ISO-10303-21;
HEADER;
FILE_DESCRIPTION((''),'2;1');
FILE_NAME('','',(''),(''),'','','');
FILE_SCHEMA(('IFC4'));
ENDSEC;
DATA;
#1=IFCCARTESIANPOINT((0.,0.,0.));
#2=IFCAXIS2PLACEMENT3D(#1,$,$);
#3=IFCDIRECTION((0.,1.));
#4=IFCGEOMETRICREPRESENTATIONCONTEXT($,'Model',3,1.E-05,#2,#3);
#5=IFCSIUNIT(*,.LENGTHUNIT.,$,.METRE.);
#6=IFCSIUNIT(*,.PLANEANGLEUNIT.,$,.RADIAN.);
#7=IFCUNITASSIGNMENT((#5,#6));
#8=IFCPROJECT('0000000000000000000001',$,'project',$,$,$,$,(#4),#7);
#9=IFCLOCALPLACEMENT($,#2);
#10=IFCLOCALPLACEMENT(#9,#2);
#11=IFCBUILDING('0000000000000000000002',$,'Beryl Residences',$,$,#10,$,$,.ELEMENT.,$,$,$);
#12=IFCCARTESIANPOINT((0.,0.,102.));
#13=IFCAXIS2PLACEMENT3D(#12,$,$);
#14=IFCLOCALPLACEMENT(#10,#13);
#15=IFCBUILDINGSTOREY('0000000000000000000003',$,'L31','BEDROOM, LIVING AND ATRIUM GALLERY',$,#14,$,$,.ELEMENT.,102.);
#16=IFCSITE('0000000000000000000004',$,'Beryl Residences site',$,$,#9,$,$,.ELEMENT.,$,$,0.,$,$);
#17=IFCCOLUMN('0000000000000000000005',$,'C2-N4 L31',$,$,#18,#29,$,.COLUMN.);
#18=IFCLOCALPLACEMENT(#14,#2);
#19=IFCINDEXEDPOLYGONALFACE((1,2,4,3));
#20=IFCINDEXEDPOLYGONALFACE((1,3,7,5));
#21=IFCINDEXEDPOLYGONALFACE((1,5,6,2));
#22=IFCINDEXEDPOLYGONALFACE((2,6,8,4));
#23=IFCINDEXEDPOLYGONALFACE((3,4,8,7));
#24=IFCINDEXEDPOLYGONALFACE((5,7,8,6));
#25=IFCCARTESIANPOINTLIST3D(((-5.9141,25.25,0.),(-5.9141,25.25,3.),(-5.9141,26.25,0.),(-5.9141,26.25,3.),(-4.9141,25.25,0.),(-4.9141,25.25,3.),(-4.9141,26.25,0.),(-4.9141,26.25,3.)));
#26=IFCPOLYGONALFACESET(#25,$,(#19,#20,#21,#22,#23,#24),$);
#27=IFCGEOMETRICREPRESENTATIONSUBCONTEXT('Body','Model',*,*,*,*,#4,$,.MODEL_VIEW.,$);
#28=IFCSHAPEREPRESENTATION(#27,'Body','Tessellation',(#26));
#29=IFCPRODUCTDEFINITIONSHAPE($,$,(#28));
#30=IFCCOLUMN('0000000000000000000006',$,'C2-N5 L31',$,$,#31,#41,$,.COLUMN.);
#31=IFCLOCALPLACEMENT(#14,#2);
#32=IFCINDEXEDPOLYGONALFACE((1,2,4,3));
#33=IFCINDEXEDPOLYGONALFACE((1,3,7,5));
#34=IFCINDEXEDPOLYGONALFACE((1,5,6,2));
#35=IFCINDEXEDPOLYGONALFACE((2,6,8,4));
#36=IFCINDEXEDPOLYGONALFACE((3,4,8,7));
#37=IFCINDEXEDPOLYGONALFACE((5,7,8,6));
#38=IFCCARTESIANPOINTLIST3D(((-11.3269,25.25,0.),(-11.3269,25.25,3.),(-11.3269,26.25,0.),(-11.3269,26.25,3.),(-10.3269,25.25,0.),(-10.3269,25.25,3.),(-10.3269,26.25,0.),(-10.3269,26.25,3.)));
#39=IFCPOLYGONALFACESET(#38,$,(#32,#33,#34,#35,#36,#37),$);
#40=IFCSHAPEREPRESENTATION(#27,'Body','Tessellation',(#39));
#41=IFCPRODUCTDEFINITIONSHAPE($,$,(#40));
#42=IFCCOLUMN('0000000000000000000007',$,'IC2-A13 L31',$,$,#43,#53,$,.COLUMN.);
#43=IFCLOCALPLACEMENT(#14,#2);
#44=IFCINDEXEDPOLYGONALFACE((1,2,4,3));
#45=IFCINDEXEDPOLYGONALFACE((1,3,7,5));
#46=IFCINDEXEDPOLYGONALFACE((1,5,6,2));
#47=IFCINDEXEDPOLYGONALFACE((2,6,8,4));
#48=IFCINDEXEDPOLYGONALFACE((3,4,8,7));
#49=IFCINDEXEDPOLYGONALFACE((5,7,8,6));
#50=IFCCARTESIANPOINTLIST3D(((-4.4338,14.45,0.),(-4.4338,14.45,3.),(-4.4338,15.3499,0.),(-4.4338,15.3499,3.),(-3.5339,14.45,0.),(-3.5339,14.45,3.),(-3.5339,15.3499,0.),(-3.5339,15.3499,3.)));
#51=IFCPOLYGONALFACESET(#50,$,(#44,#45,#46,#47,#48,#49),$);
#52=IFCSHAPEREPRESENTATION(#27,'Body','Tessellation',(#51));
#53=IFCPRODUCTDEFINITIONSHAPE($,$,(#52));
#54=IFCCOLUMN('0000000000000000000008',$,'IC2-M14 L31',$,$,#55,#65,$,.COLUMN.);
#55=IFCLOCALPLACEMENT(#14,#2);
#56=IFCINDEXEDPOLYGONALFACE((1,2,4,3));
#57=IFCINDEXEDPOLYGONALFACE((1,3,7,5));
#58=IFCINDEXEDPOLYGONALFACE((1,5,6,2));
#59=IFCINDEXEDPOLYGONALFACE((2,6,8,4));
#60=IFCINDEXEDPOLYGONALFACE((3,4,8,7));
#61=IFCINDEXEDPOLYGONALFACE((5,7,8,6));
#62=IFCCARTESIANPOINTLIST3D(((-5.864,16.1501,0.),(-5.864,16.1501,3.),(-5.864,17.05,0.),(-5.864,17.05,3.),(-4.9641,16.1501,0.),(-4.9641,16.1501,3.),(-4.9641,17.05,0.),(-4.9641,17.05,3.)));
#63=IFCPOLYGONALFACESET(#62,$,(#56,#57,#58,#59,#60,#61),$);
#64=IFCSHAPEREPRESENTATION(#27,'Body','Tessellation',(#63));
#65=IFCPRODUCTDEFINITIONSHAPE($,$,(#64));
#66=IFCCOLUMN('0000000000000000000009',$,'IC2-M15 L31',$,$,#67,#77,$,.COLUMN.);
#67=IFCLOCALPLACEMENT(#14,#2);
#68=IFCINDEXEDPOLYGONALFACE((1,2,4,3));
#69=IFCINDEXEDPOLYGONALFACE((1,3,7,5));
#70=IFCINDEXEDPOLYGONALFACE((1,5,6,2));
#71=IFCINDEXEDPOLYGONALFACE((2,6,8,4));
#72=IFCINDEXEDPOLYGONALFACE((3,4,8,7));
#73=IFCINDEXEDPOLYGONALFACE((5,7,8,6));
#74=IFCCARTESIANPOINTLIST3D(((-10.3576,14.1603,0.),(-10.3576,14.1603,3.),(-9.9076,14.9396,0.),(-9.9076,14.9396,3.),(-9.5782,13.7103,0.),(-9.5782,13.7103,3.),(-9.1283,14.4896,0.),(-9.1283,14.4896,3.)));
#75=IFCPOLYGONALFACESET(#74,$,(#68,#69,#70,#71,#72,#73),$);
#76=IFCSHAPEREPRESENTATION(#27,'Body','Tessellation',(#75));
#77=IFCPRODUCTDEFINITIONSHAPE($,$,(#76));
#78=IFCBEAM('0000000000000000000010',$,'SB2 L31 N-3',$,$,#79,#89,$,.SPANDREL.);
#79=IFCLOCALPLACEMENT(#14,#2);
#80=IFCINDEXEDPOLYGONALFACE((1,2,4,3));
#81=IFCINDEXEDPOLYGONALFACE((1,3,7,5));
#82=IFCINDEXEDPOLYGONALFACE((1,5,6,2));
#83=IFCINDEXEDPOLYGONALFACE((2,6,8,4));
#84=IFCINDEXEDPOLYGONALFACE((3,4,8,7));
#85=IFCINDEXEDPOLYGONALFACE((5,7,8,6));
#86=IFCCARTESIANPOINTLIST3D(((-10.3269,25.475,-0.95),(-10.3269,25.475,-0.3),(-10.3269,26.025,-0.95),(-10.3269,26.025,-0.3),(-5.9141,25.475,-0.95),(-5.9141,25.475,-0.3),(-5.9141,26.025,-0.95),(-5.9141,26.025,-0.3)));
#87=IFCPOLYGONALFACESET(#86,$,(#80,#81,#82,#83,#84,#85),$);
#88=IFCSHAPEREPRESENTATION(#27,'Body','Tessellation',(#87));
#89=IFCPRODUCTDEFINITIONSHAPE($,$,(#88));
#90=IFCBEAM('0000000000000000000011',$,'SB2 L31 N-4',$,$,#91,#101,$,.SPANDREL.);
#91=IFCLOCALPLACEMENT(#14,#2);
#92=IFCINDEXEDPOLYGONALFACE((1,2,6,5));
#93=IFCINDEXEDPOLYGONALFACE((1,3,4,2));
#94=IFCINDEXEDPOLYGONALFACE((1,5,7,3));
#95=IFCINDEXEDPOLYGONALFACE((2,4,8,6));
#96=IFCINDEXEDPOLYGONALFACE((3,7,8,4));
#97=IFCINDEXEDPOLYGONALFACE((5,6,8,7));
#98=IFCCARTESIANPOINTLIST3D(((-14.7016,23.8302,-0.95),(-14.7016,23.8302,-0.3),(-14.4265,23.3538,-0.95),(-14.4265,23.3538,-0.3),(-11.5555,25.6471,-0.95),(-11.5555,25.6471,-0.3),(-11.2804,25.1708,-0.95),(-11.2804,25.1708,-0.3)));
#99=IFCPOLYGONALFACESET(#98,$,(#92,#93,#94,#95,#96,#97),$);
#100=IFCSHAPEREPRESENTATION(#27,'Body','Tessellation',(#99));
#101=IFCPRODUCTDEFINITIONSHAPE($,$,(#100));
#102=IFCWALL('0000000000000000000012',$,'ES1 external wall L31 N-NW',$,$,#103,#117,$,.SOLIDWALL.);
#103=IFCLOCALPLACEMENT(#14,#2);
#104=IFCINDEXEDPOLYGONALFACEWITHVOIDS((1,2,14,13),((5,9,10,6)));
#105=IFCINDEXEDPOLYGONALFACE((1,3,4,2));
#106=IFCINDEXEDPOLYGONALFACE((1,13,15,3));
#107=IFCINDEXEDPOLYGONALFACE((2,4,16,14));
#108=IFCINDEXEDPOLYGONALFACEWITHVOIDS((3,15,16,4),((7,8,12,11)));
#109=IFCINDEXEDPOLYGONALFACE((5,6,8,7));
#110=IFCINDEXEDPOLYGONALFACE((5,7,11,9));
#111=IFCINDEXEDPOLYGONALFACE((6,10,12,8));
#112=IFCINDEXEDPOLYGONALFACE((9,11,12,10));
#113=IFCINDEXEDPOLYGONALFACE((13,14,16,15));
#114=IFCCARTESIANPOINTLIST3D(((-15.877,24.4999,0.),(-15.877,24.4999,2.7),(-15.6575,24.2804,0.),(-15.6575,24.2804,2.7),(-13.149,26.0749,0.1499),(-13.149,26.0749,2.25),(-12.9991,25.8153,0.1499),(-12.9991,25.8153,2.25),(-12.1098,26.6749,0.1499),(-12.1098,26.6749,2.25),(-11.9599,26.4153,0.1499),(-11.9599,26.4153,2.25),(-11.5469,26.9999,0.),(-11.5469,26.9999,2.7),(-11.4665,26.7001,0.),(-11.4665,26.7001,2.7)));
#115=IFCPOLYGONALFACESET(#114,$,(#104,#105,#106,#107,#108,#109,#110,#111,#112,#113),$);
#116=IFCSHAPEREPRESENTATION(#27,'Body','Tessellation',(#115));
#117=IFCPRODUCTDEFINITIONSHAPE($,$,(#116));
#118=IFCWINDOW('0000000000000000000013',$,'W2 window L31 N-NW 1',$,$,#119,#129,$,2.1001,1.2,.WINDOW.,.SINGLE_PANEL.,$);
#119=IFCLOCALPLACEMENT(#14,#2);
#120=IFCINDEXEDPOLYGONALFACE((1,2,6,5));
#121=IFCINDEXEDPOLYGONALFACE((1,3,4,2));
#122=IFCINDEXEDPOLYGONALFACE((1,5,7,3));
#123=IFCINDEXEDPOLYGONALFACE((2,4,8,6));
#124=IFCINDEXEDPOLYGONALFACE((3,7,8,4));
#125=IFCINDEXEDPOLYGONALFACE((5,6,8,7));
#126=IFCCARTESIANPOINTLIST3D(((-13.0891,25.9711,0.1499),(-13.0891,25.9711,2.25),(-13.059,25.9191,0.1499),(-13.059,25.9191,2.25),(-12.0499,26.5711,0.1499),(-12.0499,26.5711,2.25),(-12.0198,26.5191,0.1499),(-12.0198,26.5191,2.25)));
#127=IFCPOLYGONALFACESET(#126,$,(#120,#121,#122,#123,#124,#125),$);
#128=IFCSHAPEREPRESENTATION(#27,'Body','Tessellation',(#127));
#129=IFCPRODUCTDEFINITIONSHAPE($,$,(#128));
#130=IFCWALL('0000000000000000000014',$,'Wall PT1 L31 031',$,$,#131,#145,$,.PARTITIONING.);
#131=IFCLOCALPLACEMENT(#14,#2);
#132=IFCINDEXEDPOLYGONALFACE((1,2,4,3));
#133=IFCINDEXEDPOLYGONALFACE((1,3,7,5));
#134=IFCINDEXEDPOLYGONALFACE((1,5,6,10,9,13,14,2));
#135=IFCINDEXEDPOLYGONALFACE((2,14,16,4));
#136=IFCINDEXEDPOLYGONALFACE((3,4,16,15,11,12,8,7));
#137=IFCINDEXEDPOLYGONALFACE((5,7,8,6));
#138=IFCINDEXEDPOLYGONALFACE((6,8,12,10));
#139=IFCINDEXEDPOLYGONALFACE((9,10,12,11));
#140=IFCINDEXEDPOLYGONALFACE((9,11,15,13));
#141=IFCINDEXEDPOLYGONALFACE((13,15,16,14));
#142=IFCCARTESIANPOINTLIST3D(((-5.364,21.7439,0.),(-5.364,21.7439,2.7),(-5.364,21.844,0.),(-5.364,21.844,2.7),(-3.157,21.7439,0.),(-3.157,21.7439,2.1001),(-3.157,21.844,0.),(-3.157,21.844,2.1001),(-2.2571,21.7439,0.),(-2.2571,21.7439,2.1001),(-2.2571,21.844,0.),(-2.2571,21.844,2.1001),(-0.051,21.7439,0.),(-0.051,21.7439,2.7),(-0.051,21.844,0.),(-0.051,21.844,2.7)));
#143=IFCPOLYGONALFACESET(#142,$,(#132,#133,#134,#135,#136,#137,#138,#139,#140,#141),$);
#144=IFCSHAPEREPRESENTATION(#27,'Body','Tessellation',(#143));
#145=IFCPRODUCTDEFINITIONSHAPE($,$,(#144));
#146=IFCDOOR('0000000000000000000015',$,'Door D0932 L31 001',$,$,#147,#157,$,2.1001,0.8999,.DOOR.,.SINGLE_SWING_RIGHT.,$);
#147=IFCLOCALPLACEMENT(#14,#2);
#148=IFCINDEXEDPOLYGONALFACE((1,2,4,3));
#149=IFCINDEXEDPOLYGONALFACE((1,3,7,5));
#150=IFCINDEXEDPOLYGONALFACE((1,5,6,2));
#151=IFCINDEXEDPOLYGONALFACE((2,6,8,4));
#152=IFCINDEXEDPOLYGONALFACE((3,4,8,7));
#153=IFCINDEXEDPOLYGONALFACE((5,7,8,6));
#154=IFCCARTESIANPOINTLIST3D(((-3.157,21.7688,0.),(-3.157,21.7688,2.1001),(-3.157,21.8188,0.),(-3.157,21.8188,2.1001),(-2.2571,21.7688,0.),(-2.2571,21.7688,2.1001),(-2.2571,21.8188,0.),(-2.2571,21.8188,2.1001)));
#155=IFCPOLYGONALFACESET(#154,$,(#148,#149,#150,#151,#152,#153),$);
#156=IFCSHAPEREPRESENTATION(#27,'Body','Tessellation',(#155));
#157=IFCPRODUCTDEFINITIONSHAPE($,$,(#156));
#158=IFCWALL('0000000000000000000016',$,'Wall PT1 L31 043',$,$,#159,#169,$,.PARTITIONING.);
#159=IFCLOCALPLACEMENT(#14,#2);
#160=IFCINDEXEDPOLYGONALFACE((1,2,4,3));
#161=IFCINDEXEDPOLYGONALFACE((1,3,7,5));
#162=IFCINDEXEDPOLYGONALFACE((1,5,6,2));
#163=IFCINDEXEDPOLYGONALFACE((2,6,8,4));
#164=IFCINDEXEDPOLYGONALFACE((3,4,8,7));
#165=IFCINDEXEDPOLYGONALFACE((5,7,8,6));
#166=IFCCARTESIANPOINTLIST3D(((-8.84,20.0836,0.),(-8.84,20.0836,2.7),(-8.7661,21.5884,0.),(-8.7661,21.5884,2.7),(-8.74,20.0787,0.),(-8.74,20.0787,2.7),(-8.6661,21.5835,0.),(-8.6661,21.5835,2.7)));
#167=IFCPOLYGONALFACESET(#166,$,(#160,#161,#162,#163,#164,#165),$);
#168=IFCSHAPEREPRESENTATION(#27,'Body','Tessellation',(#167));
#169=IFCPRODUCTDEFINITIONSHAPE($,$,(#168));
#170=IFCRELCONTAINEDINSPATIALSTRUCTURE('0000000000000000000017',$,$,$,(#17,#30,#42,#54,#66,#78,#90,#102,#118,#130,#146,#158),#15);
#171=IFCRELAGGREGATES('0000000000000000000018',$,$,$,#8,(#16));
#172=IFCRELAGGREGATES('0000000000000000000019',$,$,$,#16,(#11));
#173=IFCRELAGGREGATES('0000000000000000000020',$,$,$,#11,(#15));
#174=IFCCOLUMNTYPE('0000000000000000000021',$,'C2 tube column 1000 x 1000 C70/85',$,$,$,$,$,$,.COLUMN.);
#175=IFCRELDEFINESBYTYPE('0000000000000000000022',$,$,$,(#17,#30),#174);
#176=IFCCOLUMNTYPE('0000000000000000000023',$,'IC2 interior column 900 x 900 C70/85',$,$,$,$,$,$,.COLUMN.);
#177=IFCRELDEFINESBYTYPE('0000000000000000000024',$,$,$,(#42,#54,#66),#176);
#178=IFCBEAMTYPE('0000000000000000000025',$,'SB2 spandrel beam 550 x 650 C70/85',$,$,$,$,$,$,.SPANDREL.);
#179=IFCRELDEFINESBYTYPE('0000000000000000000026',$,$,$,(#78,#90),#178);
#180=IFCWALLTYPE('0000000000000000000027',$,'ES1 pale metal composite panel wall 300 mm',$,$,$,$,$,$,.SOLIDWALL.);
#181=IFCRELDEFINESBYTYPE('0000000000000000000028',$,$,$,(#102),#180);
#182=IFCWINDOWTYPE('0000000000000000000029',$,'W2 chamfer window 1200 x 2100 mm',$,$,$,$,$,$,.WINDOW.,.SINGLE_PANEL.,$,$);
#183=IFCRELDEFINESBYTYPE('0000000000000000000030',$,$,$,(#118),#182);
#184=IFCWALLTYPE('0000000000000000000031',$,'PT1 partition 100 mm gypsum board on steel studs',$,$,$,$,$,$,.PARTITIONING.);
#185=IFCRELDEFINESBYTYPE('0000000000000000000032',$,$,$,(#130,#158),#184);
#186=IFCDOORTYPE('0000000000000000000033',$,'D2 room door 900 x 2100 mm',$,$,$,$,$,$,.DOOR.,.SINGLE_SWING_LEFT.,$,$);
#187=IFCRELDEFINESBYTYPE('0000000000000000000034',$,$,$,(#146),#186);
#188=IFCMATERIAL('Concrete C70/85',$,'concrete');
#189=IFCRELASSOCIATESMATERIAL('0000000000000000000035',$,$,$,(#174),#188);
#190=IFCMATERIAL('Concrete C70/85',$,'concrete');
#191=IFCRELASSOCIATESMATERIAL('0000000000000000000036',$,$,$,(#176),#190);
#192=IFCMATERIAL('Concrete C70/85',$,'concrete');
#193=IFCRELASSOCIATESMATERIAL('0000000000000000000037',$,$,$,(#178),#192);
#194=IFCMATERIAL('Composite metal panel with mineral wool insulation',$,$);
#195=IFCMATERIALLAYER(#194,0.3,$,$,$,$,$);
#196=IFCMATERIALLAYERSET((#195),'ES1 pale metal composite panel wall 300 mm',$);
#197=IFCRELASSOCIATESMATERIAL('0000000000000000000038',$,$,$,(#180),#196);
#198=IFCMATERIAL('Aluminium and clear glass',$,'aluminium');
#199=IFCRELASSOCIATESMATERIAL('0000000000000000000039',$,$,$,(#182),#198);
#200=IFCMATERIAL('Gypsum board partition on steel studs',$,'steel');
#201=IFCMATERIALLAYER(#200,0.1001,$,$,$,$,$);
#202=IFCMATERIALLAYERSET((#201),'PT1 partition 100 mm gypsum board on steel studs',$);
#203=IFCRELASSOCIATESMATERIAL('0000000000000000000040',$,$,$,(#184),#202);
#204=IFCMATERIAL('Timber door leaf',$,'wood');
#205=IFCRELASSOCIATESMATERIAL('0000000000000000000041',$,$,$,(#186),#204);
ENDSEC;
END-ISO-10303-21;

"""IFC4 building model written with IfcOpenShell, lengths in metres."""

from ifc_helpers import new_model, si_unit, direction, frame, frame_2d, origin, origin_2d, place, context, subcontext, project, spatial, polyline, rectangle, outline, extrude, material, layer, layer_set, material_profile, profile_set, type_object, element, fill, save


model = new_model("IFC4")

# Units and contexts
model_context = context("Model", 3, precision=1e-05, world=origin(), true_north=direction((0.0, 1.0)))
body_context = subcontext(model_context, "Body", "Model", "MODEL_VIEW")
ifc_project = project(units=[si_unit("LENGTHUNIT", "METRE"), si_unit("PLANEANGLEUNIT", "RADIAN")], contexts=[model_context])

# Site, building, storey
site_placement = place(None, origin())
site = spatial("IfcSite", under=ifc_project, at=site_placement, Name="Beryl Residences site", CompositionType="ELEMENT", RefElevation=0.0)
building_placement = place(site_placement, origin())
building = spatial("IfcBuilding", under=site, at=building_placement, Name="Beryl Residences", CompositionType="ELEMENT")
storey_placement = place(building_placement, frame((0.0, 0.0, 102.0)))
storey = spatial("IfcBuildingStorey", under=building, at=storey_placement, Name="L31", Description="BEDROOM, LIVING AND ATRIUM GALLERY", CompositionType="ELEMENT", Elevation=102.0)

# Columns
ifc_material_1 = material(Name="Concrete C70/85", Category="concrete")
ifc_material_profile_1 = material_profile(ifc_material_1, rectangle(XDim=1.0, YDim=1.0, at=origin_2d()))
ifc_profile_set_1 = profile_set([ifc_material_profile_1], Name="Concrete C70/85")
column_type_1 = type_object("IfcColumnType", Name="C2 tube column 1000 x 1000 C70/85", PredefinedType="COLUMN", material=ifc_profile_set_1)
for number, where, z_axis, x_axis, name in (
    (1, (-5.4141, 25.75, 0.0), (0.0, 0.0, 1.0), (-1.0, 0.0, 0.0), "C2-N4 L31"),
    (2, (-10.8269, 25.75, 0.0), (0.0, 0.0, 1.0), (-1.0, 0.0, 0.0), "C2-N5 L31"),
):
    element("IfcColumn", number, at=place(storey_placement, frame(where, z_axis=z_axis, x_axis=x_axis)), inside=storey, type_object=column_type_1, Name=name, PredefinedType="COLUMN", context=body_context, shape_type="SweptSolid", body=[
        extrude(rectangle(XDim=1.0, YDim=1.0, at=origin_2d()), origin(), (0.0, 0.0, 1.0), 3.0),
    ])
ifc_material_2 = material(Name="Concrete C70/85", Category="concrete")
ifc_material_profile_2 = material_profile(ifc_material_2, rectangle(XDim=0.8999, YDim=0.8999, at=origin_2d()))
ifc_profile_set_2 = profile_set([ifc_material_profile_2], Name="Concrete C70/85")
column_type_2 = type_object("IfcColumnType", Name="IC2 interior column 900 x 900 C70/85", PredefinedType="COLUMN", material=ifc_profile_set_2)
for number, where, z_axis, x_axis, name in (
    (3, (-3.9839, 14.8999, 0.0), (0.0, 0.0, 1.0), (1.0, 0.0, 0.0), "IC2-A13 L31"),
    (4, (-5.4141, 16.6001, 0.0), (0.0, 0.0, 1.0), (-1.0, 0.0, 0.0), "IC2-M14 L31"),
    (5, (-9.7429, 14.325, 0.0), (0.0, 0.0, 1.0), (-0.5, -0.866025, 0.0), "IC2-M15 L31"),
):
    element("IfcColumn", number, at=place(storey_placement, frame(where, z_axis=z_axis, x_axis=x_axis)), inside=storey, type_object=column_type_2, Name=name, PredefinedType="COLUMN", context=body_context, shape_type="SweptSolid", body=[
        extrude(rectangle(XDim=0.8999, YDim=0.8999, at=origin_2d()), origin(), (0.0, 0.0, 1.0), 3.0),
    ])

# Beams
ifc_material_3 = material(Name="Concrete C70/85", Category="concrete")
ifc_material_profile_3 = material_profile(ifc_material_3, rectangle(XDim=0.55, YDim=0.6499, at=origin_2d()))
ifc_profile_set_3 = profile_set([ifc_material_profile_3], Name="Concrete C70/85")
beam_type = type_object("IfcBeamType", Name="SB2 spandrel beam 550 x 650 C70/85", PredefinedType="SPANDREL", material=ifc_profile_set_3)
beam_1_placement = place(storey_placement, frame((-5.9141, 25.75, -0.625), z_axis=(-1.0, 0.0, 0.0), x_axis=(0.0, -1.0, 0.0)))
element("IfcBeam", 6, at=beam_1_placement, inside=storey, type_object=beam_type, Name="SB2 L31 N-3", PredefinedType="SPANDREL", context=body_context, shape_type="SweptSolid", body=[
    extrude(rectangle(XDim=0.55, YDim=0.6499, at=origin_2d()), origin(), (0.0, 0.0, 1.0), 4.4128),
])
beam_2_placement = place(storey_placement, frame((-11.418, 25.4089, -0.625), z_axis=(-0.86596, -0.500114, 0.0), x_axis=(0.500114, -0.86596, 0.0)))
element("IfcBeam", 7, at=beam_2_placement, inside=storey, type_object=beam_type, Name="SB2 L31 N-4", PredefinedType="SPANDREL", context=body_context, shape_type="SweptSolid", body=[
    extrude(rectangle(XDim=0.55, YDim=0.6499, at=origin_2d()), origin(), (0.0, 0.0, 1.0), 3.6331),
])

# Wall, opening, window
ifc_material_4 = material(Name="Composite metal panel with mineral wool insulation")
ifc_layer_1 = layer(ifc_material_4, 0.3)
ifc_layer_set_1 = layer_set([ifc_layer_1], Name="ES1 pale metal composite panel wall 300 mm")
wall_type_1 = type_object("IfcWallType", Name="ES1 pale metal composite panel wall 300 mm", PredefinedType="SOLIDWALL", material=ifc_layer_set_1)
wall_1_placement = place(storey_placement, frame((-11.4719, 26.8701, 0.0), z_axis=(0.0, 0.0, 1.0), x_axis=(-0.866023, -0.500004, 0.0)))
wall_1 = element("IfcWall", 8, at=wall_1_placement, inside=storey, type_object=wall_type_1, Name="ES1 external wall L31 N-NW", PredefinedType="SOLIDWALL", context=body_context, shape_type="SweptSolid", body=[
    extrude(outline(polyline([(0.0, -0.1499), (5.0, -0.1499), (4.9197, 0.1499), (0.0803, 0.1499), (0.0, -0.1499)])), origin(), (0.0, 0.0, 1.0), 2.7),
])
opening_1_placement = place(wall_1_placement, frame((0.6499, 0.0, 0.1499)))
opening_1 = element("IfcOpeningElement", 9, at=opening_1_placement, cuts=wall_1, PredefinedType="OPENING", context=body_context, shape_type="SweptSolid", body=[
    extrude(rectangle(XDim=1.2, YDim=2.1001, at=frame_2d((0.6001, 1.05))), frame((0.0, 0.1599, 0.0), z_axis=(0.0, -1.0, 0.0), x_axis=(1.0, 0.0, 0.0)), (0.0, 0.0, 1.0), 0.3201),
])
ifc_material_5 = material(Name="Aluminium and clear glass", Category="aluminium")
window_type = type_object("IfcWindowType", Name="W2 chamfer window 1200 x 2100 mm", PartitioningType="SINGLE_PANEL", PredefinedType="WINDOW", material=ifc_material_5)
window_placement = place(opening_1_placement, origin())
window = element("IfcWindow", 10, at=window_placement, inside=storey, type_object=window_type, Name="W2 window L31 N-NW 1", OverallHeight=2.1001, OverallWidth=1.2, PartitioningType="SINGLE_PANEL", PredefinedType="WINDOW", context=body_context, shape_type="SweptSolid", body=[
    extrude(rectangle(XDim=1.2, YDim=2.1001, at=frame_2d((0.6001, 1.05))), frame((0.0, 0.03, 0.0), z_axis=(0.0, -1.0, 0.0), x_axis=(1.0, 0.0, 0.0)), (0.0, 0.0, 1.0), 0.0601),
])
fill(opening_1, window)

# Wall, opening, door
ifc_material_6 = material(Name="Gypsum board partition on steel studs", Category="steel")
ifc_layer_2 = layer(ifc_material_6, 0.1001)
ifc_layer_set_2 = layer_set([ifc_layer_2], Name="PT1 partition 100 mm gypsum board on steel studs")
wall_type_2 = type_object("IfcWallType", Name="PT1 partition 100 mm gypsum board on steel studs", PredefinedType="PARTITIONING", material=ifc_layer_set_2)
wall_2_placement = place(storey_placement, frame((-5.364, 21.7939, 0.0), z_axis=(0.0, 0.0, 1.0), x_axis=(1.0, 0.0, 0.0)))
wall_2 = element("IfcWall", 11, at=wall_2_placement, inside=storey, type_object=wall_type_2, Name="Wall PT1 L31 031", PredefinedType="PARTITIONING", context=body_context, shape_type="SweptSolid", body=[
    extrude(rectangle(XDim=5.313, YDim=0.1001, at=frame_2d((2.6565, 0.0))), origin(), (0.0, 0.0, 1.0), 2.7),
])
opening_2_placement = place(wall_2_placement, frame((2.207, 0.0, 0.0)))
opening_2 = element("IfcOpeningElement", 12, at=opening_2_placement, cuts=wall_2, PredefinedType="OPENING", context=body_context, shape_type="SweptSolid", body=[
    extrude(rectangle(XDim=0.8999, YDim=2.1001, at=frame_2d((0.45, 1.05))), frame((0.0, 0.0601, 0.0), z_axis=(0.0, -1.0, 0.0), x_axis=(1.0, 0.0, 0.0)), (0.0, 0.0, 1.0), 0.1201),
])
ifc_material_7 = material(Name="Timber door leaf", Category="wood")
door_type_1 = type_object("IfcDoorType", Name="D2 room door 900 x 2100 mm", OperationType="SINGLE_SWING_LEFT", PredefinedType="DOOR", material=ifc_material_7)
door_1_placement = place(opening_2_placement, origin())
door_1 = element("IfcDoor", 13, at=door_1_placement, inside=storey, type_object=door_type_1, Name="Door D0932 L31 001", OperationType="SINGLE_SWING_RIGHT", OverallHeight=2.1001, OverallWidth=0.8999, PredefinedType="DOOR", context=body_context, shape_type="SweptSolid", body=[
    extrude(rectangle(XDim=0.8999, YDim=2.1001, at=frame_2d((0.45, 1.05))), frame((0.0, 0.0249, 0.0), z_axis=(0.0, -1.0, 0.0), x_axis=(1.0, 0.0, 0.0)), (0.0, 0.0, 1.0), 0.05),
])
fill(opening_2, door_1)

# Wall
wall_3_placement = place(storey_placement, frame((-8.79, 20.0811, 0.0), z_axis=(0.0, 0.0, 1.0), x_axis=(0.049097, 0.998794, 0.0)))
element("IfcWall", 14, at=wall_3_placement, inside=storey, type_object=wall_type_2, Name="Wall PT1 L31 043", PredefinedType="PARTITIONING", context=body_context, shape_type="SweptSolid", body=[
    extrude(rectangle(XDim=1.5066, YDim=0.1001, at=frame_2d((0.7534, 0.0))), origin(), (0.0, 0.0, 1.0), 2.7),
])

save(model, "model.ifc")
